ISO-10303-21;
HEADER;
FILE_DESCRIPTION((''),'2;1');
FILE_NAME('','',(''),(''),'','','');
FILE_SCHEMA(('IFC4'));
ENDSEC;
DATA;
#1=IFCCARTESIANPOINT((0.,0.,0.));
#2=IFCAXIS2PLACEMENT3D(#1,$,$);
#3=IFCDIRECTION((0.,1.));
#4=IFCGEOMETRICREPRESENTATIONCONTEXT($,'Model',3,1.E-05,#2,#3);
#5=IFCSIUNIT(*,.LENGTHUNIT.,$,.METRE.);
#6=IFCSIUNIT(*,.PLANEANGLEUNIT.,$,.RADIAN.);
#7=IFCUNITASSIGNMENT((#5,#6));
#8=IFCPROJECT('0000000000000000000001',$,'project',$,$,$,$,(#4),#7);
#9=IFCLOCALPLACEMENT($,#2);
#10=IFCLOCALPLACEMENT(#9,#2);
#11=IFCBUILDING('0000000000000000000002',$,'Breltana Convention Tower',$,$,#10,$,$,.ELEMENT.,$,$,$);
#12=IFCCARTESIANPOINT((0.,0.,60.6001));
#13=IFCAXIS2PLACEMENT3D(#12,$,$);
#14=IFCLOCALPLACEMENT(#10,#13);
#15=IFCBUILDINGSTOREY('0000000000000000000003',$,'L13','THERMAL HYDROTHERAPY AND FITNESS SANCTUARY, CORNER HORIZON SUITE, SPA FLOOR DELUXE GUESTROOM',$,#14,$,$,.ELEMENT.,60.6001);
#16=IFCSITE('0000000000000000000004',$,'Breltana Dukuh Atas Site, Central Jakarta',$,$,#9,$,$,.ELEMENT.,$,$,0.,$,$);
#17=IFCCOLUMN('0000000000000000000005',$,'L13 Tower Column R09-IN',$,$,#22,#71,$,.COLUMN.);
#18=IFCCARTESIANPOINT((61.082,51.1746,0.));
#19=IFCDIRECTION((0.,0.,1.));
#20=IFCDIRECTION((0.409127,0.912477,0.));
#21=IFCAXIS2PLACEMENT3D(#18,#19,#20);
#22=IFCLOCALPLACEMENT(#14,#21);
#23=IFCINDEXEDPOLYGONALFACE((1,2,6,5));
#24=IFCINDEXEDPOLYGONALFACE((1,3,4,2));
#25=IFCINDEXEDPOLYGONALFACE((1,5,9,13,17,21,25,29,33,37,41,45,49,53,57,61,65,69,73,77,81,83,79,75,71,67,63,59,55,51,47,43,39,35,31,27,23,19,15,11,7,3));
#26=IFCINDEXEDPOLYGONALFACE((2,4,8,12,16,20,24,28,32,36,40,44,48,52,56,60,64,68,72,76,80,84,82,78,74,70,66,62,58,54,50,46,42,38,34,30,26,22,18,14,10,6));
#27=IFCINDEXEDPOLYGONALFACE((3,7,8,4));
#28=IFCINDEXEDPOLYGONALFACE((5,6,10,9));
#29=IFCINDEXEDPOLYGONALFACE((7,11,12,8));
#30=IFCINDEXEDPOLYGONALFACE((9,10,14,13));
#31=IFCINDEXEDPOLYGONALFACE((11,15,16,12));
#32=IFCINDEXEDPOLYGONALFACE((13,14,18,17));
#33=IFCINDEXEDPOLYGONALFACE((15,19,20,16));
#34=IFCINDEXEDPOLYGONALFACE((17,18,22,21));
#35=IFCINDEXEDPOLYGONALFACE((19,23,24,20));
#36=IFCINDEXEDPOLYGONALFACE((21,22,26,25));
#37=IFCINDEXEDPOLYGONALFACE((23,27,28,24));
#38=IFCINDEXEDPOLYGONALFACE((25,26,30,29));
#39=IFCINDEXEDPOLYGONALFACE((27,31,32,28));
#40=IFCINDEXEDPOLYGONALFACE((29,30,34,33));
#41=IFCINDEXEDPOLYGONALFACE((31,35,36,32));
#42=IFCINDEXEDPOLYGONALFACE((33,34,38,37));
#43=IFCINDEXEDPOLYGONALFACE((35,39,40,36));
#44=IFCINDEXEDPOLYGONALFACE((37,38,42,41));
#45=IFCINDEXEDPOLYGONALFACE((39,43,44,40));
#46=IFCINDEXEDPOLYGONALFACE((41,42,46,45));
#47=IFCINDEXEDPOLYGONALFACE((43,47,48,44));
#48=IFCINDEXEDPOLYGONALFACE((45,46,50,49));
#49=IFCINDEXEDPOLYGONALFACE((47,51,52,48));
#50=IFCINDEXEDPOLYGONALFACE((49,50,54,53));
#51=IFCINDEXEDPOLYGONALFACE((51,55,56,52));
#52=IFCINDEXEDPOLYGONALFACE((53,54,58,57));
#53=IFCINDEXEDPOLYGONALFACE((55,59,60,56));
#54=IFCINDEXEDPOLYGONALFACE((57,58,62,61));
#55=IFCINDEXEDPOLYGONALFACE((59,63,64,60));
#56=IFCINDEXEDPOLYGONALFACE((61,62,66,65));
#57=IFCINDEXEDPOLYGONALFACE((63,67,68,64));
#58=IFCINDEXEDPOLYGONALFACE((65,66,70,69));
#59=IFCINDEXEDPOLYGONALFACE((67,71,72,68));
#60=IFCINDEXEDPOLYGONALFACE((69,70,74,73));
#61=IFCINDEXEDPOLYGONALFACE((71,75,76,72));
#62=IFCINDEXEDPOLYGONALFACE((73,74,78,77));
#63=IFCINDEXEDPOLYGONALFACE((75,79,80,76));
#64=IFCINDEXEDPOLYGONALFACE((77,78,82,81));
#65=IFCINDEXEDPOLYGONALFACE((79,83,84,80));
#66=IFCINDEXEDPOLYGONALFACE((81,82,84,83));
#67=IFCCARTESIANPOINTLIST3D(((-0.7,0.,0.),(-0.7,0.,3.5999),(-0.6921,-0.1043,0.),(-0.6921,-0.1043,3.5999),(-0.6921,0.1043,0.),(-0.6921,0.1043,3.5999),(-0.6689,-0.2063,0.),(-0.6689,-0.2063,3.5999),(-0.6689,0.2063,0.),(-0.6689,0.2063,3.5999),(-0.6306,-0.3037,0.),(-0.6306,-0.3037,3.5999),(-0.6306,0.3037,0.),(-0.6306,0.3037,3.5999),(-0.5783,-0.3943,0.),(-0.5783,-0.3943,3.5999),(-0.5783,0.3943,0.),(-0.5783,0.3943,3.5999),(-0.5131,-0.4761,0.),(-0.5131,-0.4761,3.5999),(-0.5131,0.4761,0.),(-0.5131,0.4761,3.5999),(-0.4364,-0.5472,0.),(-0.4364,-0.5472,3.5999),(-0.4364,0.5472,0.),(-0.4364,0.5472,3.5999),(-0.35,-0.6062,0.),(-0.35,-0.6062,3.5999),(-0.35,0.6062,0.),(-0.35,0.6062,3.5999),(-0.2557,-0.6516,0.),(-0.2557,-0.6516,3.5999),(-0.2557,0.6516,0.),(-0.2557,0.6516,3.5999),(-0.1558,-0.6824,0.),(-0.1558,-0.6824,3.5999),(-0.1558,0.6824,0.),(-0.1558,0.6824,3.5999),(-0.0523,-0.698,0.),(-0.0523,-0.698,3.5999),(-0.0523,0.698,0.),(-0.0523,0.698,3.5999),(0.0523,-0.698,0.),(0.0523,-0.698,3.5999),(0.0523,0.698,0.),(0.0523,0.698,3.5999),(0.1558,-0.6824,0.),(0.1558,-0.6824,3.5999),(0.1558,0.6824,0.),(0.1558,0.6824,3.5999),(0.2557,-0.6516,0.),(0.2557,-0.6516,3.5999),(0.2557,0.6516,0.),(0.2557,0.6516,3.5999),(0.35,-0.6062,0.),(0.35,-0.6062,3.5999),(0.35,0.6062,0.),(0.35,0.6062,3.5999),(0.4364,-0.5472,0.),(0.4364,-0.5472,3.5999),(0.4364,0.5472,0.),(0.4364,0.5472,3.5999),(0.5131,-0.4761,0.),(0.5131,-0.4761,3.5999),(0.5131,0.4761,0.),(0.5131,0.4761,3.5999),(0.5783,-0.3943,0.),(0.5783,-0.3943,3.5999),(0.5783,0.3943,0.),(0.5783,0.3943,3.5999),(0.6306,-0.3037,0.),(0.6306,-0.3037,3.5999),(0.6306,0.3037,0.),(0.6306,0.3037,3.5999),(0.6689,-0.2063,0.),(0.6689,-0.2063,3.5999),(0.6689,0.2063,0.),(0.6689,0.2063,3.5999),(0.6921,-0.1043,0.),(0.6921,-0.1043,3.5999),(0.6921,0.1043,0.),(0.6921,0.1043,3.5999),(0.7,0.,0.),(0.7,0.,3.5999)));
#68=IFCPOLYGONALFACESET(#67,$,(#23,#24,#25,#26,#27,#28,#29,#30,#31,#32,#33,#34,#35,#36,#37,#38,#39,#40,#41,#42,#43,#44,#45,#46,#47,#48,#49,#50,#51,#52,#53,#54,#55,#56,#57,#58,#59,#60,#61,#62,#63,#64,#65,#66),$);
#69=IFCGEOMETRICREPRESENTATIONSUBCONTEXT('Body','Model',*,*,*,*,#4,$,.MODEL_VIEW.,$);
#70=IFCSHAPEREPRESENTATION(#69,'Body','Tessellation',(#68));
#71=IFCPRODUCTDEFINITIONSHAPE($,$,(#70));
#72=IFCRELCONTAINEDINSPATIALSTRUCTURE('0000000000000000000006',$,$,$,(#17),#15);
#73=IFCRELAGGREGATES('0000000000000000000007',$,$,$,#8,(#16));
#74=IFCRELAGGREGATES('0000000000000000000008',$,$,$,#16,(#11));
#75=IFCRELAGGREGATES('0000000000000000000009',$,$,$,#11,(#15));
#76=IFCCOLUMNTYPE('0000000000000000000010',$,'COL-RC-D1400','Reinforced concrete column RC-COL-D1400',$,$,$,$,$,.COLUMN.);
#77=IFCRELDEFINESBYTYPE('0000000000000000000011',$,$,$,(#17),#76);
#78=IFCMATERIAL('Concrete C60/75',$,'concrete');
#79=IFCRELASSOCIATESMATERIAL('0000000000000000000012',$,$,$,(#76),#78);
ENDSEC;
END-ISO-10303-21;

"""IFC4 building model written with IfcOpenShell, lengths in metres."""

from ifc_helpers import new_model, si_unit, direction, frame, origin, origin_2d, place, context, subcontext, project, spatial, circle, extrude, source, transform, mapped, material, material_profile, profile_set, type_object, element, save


model = new_model("IFC4")

# Units and contexts
model_context = context("Model", 3, precision=1e-05, world=origin(), true_north=direction((0.0, 1.0)))
body_context = subcontext(model_context, "Body", "Model", "MODEL_VIEW")
ifc_project = project(units=[si_unit("LENGTHUNIT", "METRE"), si_unit("PLANEANGLEUNIT", "RADIAN")], contexts=[model_context])

# Site, building, storey
site_placement = place(None, origin())
site = spatial("IfcSite", under=ifc_project, at=site_placement, Name="Breltana Dukuh Atas Site, Central Jakarta", CompositionType="ELEMENT", RefElevation=0.0)
building_placement = place(site_placement, origin())
building = spatial("IfcBuilding", under=site, at=building_placement, Name="Breltana Convention Tower", CompositionType="ELEMENT")
storey_placement = place(building_placement, frame((0.0, 0.0, 60.6001)))
storey = spatial("IfcBuildingStorey", under=building, at=storey_placement, Name="L13", Description="THERMAL HYDROTHERAPY AND FITNESS SANCTUARY, CORNER HORIZON SUITE, SPA FLOOR DELUXE GUESTROOM", CompositionType="ELEMENT", Elevation=60.6001)

# Column
ifc_material_1 = material(Name="Concrete C60/75", Category="concrete")
ifc_material_profile_1 = material_profile(ifc_material_1, circle(Radius=0.7, at=origin_2d()), Name="RC-COL-D1400")
ifc_profile_set_1 = profile_set([ifc_material_profile_1], Name="Concrete C60/75")
column_type = type_object("IfcColumnType", Name="COL-RC-D1400", Description="Reinforced concrete column RC-COL-D1400", PredefinedType="COLUMN", material=ifc_profile_set_1)
shared_shape_1 = source(origin(), body_context, "Body", "SweptSolid", [
    extrude(circle(Radius=0.7, at=origin_2d()), origin(), (0.0, 0.0, 1.0), 3.5999),
])
for number, where, z_axis, x_axis, name in (
    (1, (61.082, 51.1746, 0.0), (0.0, 0.0, 1.0), (0.409127, 0.912477, 0.0), "L13 Tower Column R09-IN"),
):
    element("IfcColumn", number, at=place(storey_placement, frame(where, z_axis=z_axis, x_axis=x_axis)), inside=storey, type_object=column_type, Name=name, PredefinedType="COLUMN", context=body_context, shape_type="MappedRepresentation", body=[
        mapped(shared_shape_1, transform((0.0, 0.0, 0.0), scale=1.0)),
    ])

save(model, "model.ifc")
